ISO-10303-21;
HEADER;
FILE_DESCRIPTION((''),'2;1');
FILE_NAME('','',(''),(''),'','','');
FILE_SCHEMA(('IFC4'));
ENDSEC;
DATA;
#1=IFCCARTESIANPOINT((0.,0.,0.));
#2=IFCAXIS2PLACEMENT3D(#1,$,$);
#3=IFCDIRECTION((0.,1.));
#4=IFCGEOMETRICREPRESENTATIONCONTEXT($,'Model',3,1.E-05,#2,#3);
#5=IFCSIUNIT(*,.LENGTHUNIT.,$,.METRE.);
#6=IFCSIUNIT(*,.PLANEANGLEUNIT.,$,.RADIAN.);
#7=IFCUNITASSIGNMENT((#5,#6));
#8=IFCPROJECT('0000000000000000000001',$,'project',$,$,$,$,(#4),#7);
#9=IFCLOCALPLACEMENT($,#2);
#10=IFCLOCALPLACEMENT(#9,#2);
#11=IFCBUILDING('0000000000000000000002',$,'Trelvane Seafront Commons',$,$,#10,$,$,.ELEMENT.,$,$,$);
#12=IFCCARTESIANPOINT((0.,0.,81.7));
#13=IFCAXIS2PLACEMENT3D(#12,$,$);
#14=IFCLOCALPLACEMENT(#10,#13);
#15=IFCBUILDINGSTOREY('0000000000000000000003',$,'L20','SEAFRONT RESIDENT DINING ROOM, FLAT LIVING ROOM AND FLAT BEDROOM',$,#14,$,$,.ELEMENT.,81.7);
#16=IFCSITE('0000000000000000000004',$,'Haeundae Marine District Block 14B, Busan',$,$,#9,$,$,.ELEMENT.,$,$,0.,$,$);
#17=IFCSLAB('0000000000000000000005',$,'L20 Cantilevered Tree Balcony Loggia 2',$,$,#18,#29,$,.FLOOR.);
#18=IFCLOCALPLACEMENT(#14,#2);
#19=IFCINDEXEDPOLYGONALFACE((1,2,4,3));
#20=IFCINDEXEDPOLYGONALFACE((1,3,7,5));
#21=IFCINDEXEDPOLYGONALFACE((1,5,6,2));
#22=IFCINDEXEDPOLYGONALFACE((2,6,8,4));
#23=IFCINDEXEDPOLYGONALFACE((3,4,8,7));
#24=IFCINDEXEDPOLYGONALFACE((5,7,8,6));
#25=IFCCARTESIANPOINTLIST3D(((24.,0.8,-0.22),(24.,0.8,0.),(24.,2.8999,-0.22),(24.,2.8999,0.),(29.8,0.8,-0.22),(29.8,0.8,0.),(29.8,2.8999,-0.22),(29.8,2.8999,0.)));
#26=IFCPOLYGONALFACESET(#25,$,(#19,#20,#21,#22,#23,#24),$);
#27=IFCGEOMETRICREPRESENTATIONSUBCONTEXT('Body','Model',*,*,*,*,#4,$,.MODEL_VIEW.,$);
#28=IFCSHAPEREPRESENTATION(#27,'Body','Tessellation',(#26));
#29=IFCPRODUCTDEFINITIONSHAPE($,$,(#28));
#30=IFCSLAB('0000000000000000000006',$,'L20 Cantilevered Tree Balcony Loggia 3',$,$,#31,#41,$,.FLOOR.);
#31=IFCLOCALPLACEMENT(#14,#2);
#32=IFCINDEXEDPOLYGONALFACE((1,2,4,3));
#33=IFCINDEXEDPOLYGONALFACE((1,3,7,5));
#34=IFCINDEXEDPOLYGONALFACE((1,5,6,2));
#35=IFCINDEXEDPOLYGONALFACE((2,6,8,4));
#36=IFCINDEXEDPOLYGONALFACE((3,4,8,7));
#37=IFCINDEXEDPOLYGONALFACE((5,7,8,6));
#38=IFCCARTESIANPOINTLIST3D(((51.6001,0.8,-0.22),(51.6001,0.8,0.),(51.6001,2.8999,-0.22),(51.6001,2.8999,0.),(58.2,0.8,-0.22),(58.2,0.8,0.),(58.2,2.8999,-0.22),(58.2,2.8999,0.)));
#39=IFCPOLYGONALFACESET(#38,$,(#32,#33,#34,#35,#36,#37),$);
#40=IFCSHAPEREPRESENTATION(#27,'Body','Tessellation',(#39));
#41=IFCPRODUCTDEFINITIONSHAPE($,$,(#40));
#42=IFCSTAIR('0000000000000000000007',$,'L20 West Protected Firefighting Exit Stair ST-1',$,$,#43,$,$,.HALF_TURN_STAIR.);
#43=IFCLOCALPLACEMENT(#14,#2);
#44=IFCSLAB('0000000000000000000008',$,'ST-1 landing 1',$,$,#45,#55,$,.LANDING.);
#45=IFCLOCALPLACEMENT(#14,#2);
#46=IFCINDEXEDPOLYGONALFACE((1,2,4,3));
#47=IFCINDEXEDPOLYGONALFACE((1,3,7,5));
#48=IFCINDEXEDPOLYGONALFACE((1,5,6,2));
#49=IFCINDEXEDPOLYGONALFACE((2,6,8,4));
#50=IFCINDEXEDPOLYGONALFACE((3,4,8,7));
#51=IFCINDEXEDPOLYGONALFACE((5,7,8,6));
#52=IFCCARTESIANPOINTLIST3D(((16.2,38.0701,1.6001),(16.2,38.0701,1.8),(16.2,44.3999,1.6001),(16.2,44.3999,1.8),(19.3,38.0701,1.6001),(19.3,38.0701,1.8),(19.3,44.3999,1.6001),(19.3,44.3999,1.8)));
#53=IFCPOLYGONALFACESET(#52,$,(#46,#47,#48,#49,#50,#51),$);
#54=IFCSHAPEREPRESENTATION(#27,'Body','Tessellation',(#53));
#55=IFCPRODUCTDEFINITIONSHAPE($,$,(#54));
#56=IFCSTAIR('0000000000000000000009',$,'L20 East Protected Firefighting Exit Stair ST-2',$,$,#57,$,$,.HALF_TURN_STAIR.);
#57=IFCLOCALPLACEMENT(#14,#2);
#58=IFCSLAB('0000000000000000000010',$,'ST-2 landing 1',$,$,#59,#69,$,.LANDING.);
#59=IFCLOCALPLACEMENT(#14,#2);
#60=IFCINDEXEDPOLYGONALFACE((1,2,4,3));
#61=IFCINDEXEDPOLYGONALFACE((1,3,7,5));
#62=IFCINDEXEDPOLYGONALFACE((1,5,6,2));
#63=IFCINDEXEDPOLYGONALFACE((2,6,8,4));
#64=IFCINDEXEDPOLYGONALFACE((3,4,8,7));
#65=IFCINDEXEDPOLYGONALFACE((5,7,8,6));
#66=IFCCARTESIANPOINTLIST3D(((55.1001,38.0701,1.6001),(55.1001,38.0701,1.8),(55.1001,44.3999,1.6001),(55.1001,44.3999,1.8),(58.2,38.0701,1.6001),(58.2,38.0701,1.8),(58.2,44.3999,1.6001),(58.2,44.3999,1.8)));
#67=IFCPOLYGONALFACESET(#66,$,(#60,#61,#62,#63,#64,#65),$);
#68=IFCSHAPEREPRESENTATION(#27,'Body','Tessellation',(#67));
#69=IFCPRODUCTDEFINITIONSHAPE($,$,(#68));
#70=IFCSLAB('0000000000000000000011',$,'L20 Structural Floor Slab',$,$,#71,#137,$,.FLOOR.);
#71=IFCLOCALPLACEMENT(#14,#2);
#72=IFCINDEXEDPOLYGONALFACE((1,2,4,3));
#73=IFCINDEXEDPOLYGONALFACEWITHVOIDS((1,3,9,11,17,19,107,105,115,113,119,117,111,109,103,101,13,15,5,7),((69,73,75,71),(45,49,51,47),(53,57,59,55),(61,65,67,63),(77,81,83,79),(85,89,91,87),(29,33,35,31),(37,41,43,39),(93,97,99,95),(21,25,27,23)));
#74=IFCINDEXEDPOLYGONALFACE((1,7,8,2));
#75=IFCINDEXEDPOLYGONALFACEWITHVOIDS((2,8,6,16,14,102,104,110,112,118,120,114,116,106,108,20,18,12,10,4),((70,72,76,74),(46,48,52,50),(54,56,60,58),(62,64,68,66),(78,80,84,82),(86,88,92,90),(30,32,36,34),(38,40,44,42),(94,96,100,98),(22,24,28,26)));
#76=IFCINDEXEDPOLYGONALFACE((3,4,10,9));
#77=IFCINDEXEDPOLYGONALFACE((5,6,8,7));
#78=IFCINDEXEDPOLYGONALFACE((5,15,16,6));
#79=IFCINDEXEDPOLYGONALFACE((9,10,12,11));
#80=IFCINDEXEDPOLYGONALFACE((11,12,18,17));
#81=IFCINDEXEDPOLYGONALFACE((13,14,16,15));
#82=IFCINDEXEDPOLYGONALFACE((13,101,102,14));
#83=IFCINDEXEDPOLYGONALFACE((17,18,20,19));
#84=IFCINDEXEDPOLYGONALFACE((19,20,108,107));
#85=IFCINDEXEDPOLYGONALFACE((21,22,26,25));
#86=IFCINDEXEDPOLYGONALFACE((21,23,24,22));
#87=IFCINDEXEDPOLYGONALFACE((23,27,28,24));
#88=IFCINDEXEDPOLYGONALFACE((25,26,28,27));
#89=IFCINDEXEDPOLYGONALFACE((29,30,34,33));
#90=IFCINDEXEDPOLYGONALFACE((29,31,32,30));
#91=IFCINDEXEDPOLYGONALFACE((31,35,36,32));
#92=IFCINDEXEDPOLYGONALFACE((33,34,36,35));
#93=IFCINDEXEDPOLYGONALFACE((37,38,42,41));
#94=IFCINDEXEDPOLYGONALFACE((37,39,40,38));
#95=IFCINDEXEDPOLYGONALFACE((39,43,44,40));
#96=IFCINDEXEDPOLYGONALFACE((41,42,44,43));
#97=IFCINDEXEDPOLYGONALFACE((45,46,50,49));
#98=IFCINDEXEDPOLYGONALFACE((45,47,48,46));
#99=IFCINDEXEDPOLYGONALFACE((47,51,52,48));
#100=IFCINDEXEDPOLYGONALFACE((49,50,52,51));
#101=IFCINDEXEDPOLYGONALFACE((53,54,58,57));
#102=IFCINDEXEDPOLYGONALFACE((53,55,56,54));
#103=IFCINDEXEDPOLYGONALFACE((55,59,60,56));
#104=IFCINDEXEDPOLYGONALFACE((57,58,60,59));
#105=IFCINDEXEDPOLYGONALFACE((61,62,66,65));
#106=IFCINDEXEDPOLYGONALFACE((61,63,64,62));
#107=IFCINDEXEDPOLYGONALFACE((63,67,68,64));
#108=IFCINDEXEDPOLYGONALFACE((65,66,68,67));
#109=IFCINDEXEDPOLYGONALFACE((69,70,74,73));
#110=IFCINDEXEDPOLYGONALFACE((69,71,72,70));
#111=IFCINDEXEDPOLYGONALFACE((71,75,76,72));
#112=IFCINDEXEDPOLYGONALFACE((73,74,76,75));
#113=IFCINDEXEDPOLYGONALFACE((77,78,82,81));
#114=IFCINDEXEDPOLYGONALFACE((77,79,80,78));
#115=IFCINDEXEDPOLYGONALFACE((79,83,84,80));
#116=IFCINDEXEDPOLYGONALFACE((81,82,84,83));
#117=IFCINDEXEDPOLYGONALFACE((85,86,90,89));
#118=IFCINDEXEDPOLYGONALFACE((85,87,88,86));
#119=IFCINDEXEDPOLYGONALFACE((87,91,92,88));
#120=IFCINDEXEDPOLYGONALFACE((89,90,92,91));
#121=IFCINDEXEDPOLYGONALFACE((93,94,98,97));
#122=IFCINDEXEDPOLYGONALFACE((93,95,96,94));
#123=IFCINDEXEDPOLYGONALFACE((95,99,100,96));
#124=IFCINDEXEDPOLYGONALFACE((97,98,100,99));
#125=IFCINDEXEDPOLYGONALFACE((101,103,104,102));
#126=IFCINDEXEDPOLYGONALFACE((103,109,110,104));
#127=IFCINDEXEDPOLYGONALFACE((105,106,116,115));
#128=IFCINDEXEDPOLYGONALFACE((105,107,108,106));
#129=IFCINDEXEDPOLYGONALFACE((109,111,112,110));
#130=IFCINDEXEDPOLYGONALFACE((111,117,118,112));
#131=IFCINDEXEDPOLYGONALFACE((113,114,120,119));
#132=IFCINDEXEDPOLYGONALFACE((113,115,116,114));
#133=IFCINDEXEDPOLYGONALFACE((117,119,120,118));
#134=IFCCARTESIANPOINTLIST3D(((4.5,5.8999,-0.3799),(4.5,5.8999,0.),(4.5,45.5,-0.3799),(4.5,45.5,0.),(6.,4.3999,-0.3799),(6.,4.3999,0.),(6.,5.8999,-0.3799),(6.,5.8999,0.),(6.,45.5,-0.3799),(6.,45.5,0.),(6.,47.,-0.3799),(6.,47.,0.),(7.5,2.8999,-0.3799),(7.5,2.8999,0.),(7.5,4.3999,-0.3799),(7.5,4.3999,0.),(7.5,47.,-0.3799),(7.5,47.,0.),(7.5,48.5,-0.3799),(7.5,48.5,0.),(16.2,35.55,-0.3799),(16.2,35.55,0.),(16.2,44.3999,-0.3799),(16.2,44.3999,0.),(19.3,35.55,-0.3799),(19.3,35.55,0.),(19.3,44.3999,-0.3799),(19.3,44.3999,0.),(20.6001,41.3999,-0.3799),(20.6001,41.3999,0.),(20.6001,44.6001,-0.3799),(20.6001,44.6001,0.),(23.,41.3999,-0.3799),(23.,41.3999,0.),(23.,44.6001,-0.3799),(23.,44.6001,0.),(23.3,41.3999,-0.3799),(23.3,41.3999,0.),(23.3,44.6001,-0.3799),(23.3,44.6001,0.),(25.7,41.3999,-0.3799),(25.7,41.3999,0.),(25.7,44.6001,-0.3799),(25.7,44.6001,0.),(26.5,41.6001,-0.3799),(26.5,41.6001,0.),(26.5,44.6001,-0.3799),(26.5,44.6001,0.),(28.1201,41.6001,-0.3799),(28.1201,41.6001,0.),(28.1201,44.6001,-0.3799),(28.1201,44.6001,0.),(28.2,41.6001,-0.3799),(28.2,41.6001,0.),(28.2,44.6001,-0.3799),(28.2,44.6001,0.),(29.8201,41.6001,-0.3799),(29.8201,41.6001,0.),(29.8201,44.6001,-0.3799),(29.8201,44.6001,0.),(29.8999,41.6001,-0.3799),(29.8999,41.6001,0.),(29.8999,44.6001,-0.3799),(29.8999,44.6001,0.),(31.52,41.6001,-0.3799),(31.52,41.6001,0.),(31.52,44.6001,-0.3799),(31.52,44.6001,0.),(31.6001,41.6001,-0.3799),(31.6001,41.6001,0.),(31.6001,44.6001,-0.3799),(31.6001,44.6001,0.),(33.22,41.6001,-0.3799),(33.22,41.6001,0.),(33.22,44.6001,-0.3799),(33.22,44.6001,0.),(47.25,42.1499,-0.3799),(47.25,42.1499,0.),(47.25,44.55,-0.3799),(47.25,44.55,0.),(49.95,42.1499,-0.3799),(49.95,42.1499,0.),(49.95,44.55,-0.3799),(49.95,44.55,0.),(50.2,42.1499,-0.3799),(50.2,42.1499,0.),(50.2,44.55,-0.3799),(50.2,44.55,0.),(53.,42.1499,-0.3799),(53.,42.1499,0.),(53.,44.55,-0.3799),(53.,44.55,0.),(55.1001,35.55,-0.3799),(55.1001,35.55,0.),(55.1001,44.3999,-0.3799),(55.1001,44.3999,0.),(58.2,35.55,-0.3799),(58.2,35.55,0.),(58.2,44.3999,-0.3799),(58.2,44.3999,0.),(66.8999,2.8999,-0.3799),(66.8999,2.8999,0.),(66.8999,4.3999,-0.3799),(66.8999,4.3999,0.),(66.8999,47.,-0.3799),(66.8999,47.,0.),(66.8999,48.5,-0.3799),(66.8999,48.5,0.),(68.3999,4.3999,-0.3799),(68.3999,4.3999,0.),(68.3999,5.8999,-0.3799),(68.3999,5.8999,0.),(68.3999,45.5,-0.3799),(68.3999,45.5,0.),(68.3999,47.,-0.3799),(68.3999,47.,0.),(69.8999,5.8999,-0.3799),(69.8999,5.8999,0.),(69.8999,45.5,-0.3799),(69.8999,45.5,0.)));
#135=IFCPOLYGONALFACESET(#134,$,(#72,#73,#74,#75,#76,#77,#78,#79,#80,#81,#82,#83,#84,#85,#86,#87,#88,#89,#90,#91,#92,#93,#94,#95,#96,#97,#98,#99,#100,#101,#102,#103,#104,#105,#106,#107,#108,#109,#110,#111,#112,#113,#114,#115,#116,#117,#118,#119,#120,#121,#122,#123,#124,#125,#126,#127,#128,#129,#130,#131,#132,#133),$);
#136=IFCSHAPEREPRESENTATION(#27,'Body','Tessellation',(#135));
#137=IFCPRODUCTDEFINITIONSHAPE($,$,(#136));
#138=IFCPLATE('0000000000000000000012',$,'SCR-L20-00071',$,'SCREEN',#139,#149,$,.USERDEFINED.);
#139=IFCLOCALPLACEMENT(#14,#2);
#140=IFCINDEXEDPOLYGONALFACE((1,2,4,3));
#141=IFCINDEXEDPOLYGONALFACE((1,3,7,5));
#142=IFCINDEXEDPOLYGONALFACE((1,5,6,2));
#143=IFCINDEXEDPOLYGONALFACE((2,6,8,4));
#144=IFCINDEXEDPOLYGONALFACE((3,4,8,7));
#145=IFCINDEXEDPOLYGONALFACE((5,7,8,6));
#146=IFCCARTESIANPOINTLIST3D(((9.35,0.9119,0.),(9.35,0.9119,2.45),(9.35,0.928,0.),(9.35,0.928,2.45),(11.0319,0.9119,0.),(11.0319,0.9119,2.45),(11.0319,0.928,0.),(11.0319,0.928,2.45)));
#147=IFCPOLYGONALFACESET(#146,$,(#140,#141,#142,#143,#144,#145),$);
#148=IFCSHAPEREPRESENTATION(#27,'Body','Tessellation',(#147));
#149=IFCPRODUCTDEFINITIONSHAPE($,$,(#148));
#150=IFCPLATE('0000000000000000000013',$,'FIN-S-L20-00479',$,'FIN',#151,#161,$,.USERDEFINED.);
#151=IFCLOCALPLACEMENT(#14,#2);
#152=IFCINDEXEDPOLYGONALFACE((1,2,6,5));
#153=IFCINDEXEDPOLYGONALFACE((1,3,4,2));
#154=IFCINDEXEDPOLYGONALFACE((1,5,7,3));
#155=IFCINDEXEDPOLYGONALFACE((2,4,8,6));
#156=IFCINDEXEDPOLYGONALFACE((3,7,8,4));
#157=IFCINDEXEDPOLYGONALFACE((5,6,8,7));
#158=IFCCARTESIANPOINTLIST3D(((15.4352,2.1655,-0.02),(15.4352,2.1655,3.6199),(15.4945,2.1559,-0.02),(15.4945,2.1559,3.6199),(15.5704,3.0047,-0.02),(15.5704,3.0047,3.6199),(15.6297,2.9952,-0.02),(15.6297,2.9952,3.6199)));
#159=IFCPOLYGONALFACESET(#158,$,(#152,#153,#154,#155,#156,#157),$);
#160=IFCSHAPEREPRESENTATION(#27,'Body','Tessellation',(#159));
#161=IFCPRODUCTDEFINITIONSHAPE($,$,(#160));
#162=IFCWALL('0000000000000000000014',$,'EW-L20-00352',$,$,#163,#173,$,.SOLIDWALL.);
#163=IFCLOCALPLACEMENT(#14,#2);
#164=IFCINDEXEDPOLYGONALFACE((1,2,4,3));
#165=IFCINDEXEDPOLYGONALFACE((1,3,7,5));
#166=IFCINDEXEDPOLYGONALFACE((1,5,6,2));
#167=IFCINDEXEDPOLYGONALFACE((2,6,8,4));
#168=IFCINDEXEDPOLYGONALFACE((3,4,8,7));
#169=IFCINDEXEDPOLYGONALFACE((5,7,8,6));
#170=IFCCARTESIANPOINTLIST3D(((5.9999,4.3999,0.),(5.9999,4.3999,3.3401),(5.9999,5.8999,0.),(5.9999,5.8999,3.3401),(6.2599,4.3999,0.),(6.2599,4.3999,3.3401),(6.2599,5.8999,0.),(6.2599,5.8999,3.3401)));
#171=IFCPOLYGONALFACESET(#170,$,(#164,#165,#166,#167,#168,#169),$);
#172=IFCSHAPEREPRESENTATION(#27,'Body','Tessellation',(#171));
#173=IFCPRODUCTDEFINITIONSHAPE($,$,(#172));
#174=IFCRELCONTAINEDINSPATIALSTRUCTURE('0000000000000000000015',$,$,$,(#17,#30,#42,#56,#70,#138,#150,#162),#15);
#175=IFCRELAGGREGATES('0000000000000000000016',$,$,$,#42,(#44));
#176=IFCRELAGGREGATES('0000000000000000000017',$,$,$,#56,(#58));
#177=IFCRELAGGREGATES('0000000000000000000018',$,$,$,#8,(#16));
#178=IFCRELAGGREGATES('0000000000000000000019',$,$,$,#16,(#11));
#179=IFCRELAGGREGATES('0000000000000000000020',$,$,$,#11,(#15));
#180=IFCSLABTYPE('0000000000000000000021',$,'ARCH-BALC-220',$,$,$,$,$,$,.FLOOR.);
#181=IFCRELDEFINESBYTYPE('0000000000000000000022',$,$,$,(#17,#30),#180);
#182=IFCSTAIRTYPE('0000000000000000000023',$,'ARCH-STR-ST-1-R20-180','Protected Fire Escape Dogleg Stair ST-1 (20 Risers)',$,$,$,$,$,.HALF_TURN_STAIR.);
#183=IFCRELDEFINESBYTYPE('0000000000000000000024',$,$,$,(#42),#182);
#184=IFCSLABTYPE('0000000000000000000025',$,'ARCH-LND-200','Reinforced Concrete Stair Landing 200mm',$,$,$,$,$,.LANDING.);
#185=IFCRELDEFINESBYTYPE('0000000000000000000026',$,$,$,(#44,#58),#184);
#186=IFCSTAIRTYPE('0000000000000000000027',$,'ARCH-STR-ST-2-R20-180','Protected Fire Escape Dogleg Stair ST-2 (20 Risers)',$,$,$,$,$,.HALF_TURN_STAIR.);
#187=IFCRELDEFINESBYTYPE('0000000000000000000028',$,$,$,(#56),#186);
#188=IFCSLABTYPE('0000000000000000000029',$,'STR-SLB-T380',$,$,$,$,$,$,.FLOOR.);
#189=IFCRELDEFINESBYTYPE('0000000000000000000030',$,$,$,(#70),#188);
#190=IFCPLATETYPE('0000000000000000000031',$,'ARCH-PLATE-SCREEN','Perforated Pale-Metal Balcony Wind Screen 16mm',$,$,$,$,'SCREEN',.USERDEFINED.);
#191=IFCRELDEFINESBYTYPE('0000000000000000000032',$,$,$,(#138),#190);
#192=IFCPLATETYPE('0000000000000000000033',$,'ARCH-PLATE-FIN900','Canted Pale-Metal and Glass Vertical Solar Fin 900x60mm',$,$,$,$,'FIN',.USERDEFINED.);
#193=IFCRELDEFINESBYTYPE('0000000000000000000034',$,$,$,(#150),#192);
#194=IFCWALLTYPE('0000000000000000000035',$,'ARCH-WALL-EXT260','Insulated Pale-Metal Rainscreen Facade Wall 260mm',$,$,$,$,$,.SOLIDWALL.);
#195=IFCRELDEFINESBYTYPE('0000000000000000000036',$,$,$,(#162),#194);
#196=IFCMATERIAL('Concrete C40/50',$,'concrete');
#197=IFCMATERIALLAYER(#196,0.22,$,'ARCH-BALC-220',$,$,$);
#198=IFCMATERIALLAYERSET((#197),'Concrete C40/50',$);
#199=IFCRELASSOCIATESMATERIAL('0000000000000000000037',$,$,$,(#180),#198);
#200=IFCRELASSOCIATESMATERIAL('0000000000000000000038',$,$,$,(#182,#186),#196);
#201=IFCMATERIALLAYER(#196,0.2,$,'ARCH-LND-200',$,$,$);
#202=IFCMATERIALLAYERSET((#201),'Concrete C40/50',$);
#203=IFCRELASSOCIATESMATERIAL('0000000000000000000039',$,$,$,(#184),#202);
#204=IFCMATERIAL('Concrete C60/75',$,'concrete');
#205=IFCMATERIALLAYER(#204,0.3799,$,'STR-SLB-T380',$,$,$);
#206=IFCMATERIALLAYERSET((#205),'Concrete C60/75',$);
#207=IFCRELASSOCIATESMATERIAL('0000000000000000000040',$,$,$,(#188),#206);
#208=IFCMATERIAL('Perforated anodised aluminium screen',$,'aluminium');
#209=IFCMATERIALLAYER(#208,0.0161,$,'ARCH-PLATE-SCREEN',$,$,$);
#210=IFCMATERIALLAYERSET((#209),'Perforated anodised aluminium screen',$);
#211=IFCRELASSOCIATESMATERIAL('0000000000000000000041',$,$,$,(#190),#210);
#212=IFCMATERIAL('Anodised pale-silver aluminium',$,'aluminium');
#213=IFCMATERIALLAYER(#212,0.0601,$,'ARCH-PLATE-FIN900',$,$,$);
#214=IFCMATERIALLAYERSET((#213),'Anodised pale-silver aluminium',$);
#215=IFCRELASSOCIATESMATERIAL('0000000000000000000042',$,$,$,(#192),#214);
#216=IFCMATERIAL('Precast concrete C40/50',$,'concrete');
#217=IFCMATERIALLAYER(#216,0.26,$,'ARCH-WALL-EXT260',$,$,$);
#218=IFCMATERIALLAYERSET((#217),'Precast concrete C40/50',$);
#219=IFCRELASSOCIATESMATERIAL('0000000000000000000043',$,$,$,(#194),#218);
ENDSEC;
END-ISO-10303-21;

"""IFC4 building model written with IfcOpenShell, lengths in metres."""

from ifc_helpers import new_model, si_unit, direction, frame, frame_2d, origin, origin_2d, place, context, subcontext, project, spatial, polyline, rectangle, outline, extrude, source, transform, mapped, material, layer, layer_set, type_object, element, aggregate, save


model = new_model("IFC4")

# Units and contexts
model_context = context("Model", 3, precision=1e-05, world=origin(), true_north=direction((0.0, 1.0)))
body_context = subcontext(model_context, "Body", "Model", "MODEL_VIEW")
ifc_project = project(units=[si_unit("LENGTHUNIT", "METRE"), si_unit("PLANEANGLEUNIT", "RADIAN")], contexts=[model_context])

# Site, building, storey
site_placement = place(None, origin())
site = spatial("IfcSite", under=ifc_project, at=site_placement, Name="Haeundae Marine District Block 14B, Busan", CompositionType="ELEMENT", RefElevation=0.0)
building_placement = place(site_placement, origin())
building = spatial("IfcBuilding", under=site, at=building_placement, Name="Trelvane Seafront Commons", CompositionType="ELEMENT")
storey_placement = place(building_placement, frame((0.0, 0.0, 81.7)))
storey = spatial("IfcBuildingStorey", under=building, at=storey_placement, Name="L20", Description="SEAFRONT RESIDENT DINING ROOM, FLAT LIVING ROOM AND FLAT BEDROOM", CompositionType="ELEMENT", Elevation=81.7)

# Slabs
ifc_material_1 = material(Name="Concrete C40/50", Category="concrete")
ifc_layer_1 = layer(ifc_material_1, 0.22, Name="ARCH-BALC-220")
ifc_layer_set_1 = layer_set([ifc_layer_1], Name="Concrete C40/50")
slab_type_1 = type_object("IfcSlabType", Name="ARCH-BALC-220", PredefinedType="FLOOR", material=ifc_layer_set_1)
slab_1_placement = place(storey_placement, frame((0.0, 0.0, -0.22)))
element("IfcSlab", 1, at=slab_1_placement, inside=storey, type_object=slab_type_1, Name="L20 Cantilevered Tree Balcony Loggia 2", PredefinedType="FLOOR", context=body_context, shape_type="SweptSolid", body=[
    extrude(outline(polyline([(24.0, 0.8), (29.8, 0.8), (29.8, 2.8999), (24.0, 2.8999), (24.0, 0.8)])), origin(), (0.0, 0.0, 1.0), 0.22),
])
slab_2_placement = place(storey_placement, frame((0.0, 0.0, -0.22)))
element("IfcSlab", 2, at=slab_2_placement, inside=storey, type_object=slab_type_1, Name="L20 Cantilevered Tree Balcony Loggia 3", PredefinedType="FLOOR", context=body_context, shape_type="SweptSolid", body=[
    extrude(outline(polyline([(51.6001, 0.8), (58.2, 0.8), (58.2, 2.8999), (51.6001, 2.8999), (51.6001, 0.8)])), origin(), (0.0, 0.0, 1.0), 0.22),
])

# Stairs, slabs
stair_type_1 = type_object("IfcStairType", Name="ARCH-STR-ST-1-R20-180", Description="Protected Fire Escape Dogleg Stair ST-1 (20 Risers)", PredefinedType="HALF_TURN_STAIR", material=ifc_material_1)
stair_1_placement = place(storey_placement, origin())
stair_1 = element("IfcStair", 3, at=stair_1_placement, inside=storey, type_object=stair_type_1, Name="L20 West Protected Firefighting Exit Stair ST-1", PredefinedType="HALF_TURN_STAIR")
ifc_layer_2 = layer(ifc_material_1, 0.2, Name="ARCH-LND-200")
ifc_layer_set_2 = layer_set([ifc_layer_2], Name="Concrete C40/50")
slab_type_2 = type_object("IfcSlabType", Name="ARCH-LND-200", Description="Reinforced Concrete Stair Landing 200mm", PredefinedType="LANDING", material=ifc_layer_set_2)
slab_3_placement = place(storey_placement, frame((0.0, 0.0, 1.6001)))
slab_3 = element("IfcSlab", 4, at=slab_3_placement, type_object=slab_type_2, Name="ST-1 landing 1", PredefinedType="LANDING", context=body_context, shape_type="SweptSolid", body=[
    extrude(outline(polyline([(19.3, 38.0701), (19.3, 44.3999), (16.2, 44.3999), (16.2, 38.0701), (19.3, 38.0701)])), origin(), (0.0, 0.0, 1.0), 0.2),
])
aggregate(stair_1, [slab_3])
stair_type_2 = type_object("IfcStairType", Name="ARCH-STR-ST-2-R20-180", Description="Protected Fire Escape Dogleg Stair ST-2 (20 Risers)", PredefinedType="HALF_TURN_STAIR", material=ifc_material_1)
stair_2_placement = place(storey_placement, origin())
stair_2 = element("IfcStair", 5, at=stair_2_placement, inside=storey, type_object=stair_type_2, Name="L20 East Protected Firefighting Exit Stair ST-2", PredefinedType="HALF_TURN_STAIR")
slab_4_placement = place(storey_placement, frame((0.0, 0.0, 1.6001)))
slab_4 = element("IfcSlab", 6, at=slab_4_placement, type_object=slab_type_2, Name="ST-2 landing 1", PredefinedType="LANDING", context=body_context, shape_type="SweptSolid", body=[
    extrude(outline(polyline([(58.2, 38.0701), (58.2, 44.3999), (55.1001, 44.3999), (55.1001, 38.0701), (58.2, 38.0701)])), origin(), (0.0, 0.0, 1.0), 0.2),
])
aggregate(stair_2, [slab_4])

# Slab
ifc_material_2 = material(Name="Concrete C60/75", Category="concrete")
ifc_layer_3 = layer(ifc_material_2, 0.3799, Name="STR-SLB-T380")
ifc_layer_set_3 = layer_set([ifc_layer_3], Name="Concrete C60/75")
slab_type_3 = type_object("IfcSlabType", Name="STR-SLB-T380", PredefinedType="FLOOR", material=ifc_layer_set_3)
slab_5_placement = place(storey_placement, frame((0.0, 0.0, -0.3799)))
element("IfcSlab", 7, at=slab_5_placement, inside=storey, type_object=slab_type_3, Name="L20 Structural Floor Slab", PredefinedType="FLOOR", context=body_context, shape_type="SweptSolid", body=[
    extrude(outline(polyline([(7.5, 2.8999), (66.8999, 2.8999), (66.8999, 4.3999), (68.3999, 4.3999), (68.3999, 5.8999), (69.8999, 5.8999), (69.8999, 45.5), (68.3999, 45.5), (68.3999, 47.0), (66.8999, 47.0), (66.8999, 48.5), (7.5, 48.5), (7.5, 47.0), (6.0, 47.0), (6.0, 45.5), (4.5, 45.5), (4.5, 5.8999), (6.0, 5.8999), (6.0, 4.3999), (7.5, 4.3999), (7.5, 2.8999)]), holes=[polyline([(19.3, 35.55), (16.2, 35.55), (16.2, 44.3999), (19.3, 44.3999), (19.3, 35.55)]), polyline([(58.2, 35.55), (55.1001, 35.55), (55.1001, 44.3999), (58.2, 44.3999), (58.2, 35.55)]), polyline([(23.0, 41.3999), (20.6001, 41.3999), (20.6001, 44.6001), (23.0, 44.6001), (23.0, 41.3999)]), polyline([(23.3, 41.3999), (23.3, 44.6001), (25.7, 44.6001), (25.7, 41.3999), (23.3, 41.3999)]), polyline([(26.5, 41.6001), (26.5, 44.6001), (28.1201, 44.6001), (28.1201, 41.6001), (26.5, 41.6001)]), polyline([(29.8201, 41.6001), (28.2, 41.6001), (28.2, 44.6001), (29.8201, 44.6001), (29.8201, 41.6001)]), polyline([(31.52, 41.6001), (29.8999, 41.6001), (29.8999, 44.6001), (31.52, 44.6001), (31.52, 41.6001)]), polyline([(33.22, 41.6001), (31.6001, 41.6001), (31.6001, 44.6001), (33.22, 44.6001), (33.22, 41.6001)]), polyline([(47.25, 42.1499), (47.25, 44.55), (49.95, 44.55), (49.95, 42.1499), (47.25, 42.1499)]), polyline([(50.2, 42.1499), (50.2, 44.55), (53.0, 44.55), (53.0, 42.1499), (50.2, 42.1499)])]), origin(), (0.0, 0.0, 1.0), 0.3799),
])

# Plates
ifc_material_3 = material(Name="Perforated anodised aluminium screen", Category="aluminium")
ifc_layer_4 = layer(ifc_material_3, 0.0161, Name="ARCH-PLATE-SCREEN")
ifc_layer_set_4 = layer_set([ifc_layer_4], Name="Perforated anodised aluminium screen")
plate_type_1 = type_object("IfcPlateType", Name="ARCH-PLATE-SCREEN", Description="Perforated Pale-Metal Balcony Wind Screen 16mm", ElementType="SCREEN", PredefinedType="USERDEFINED", material=ifc_layer_set_4)
shared_shape_1 = source(origin(), body_context, "Body", "SweptSolid", [
    extrude(rectangle(XDim=1.6819, YDim=0.0161, at=origin_2d()), origin(), (0.0, 0.0, 1.0), 2.45),
])
plate_1_placement = place(storey_placement, frame((10.1909, 0.9199, 0.0), z_axis=(0.0, 0.0, 1.0), x_axis=(1.0, 0.0, 0.0)))
element("IfcPlate", 8, at=plate_1_placement, inside=storey, type_object=plate_type_1, Name="SCR-L20-00071", ObjectType="SCREEN", PredefinedType="USERDEFINED", context=body_context, shape_type="MappedRepresentation", body=[
    mapped(shared_shape_1, transform((0.0, 0.0, 0.0), x_axis=(1.0, 0.0, 0.0), y_axis=(0.0, 1.0, 0.0), z_axis=(0.0, 0.0, 1.0), scale=1.0)),
])
ifc_material_4 = material(Name="Anodised pale-silver aluminium", Category="aluminium")
ifc_layer_5 = layer(ifc_material_4, 0.0601, Name="ARCH-PLATE-FIN900")
ifc_layer_set_5 = layer_set([ifc_layer_5], Name="Anodised pale-silver aluminium")
plate_type_2 = type_object("IfcPlateType", Name="ARCH-PLATE-FIN900", Description="Canted Pale-Metal and Glass Vertical Solar Fin 900x60mm", ElementType="FIN", PredefinedType="USERDEFINED", material=ifc_layer_set_5)
shared_shape_2 = source(origin(), body_context, "Body", "SweptSolid", [
    extrude(rectangle(XDim=0.8501, YDim=0.0601, at=origin_2d()), origin(), (0.0, 0.0, 1.0), 3.6399),
])
plate_2_placement = place(storey_placement, frame((15.5325, 2.5803, -0.02), z_axis=(0.0, 0.0, 1.0), x_axis=(-0.159054, -0.98727, 0.0)))
element("IfcPlate", 9, at=plate_2_placement, inside=storey, type_object=plate_type_2, Name="FIN-S-L20-00479", ObjectType="FIN", PredefinedType="USERDEFINED", context=body_context, shape_type="MappedRepresentation", body=[
    mapped(shared_shape_2, transform((0.0, 0.0, 0.0), x_axis=(1.0, 0.0, 0.0), y_axis=(0.0, 1.0, 0.0), z_axis=(0.0, 0.0, 1.0), scale=1.0)),
])

# Wall
ifc_material_5 = material(Name="Precast concrete C40/50", Category="concrete")
ifc_layer_6 = layer(ifc_material_5, 0.26, Name="ARCH-WALL-EXT260")
ifc_layer_set_6 = layer_set([ifc_layer_6], Name="Precast concrete C40/50")
wall_type_1 = type_object("IfcWallType", Name="ARCH-WALL-EXT260", Description="Insulated Pale-Metal Rainscreen Facade Wall 260mm", PredefinedType="SOLIDWALL", material=ifc_layer_set_6)
wall_1_placement = place(storey_placement, frame((6.1299, 4.3999, 0.0), z_axis=(0.0, 0.0, 1.0), x_axis=(0.0, 1.0, 0.0)))
element("IfcWall", 10, at=wall_1_placement, inside=storey, type_object=wall_type_1, Name="EW-L20-00352", PredefinedType="SOLIDWALL", context=body_context, shape_type="SweptSolid", body=[
    extrude(rectangle(XDim=1.5, YDim=0.26, at=frame_2d((0.75, 0.0))), origin(), (0.0, 0.0, 1.0), 3.3401),
])

save(model, "model.ifc")
